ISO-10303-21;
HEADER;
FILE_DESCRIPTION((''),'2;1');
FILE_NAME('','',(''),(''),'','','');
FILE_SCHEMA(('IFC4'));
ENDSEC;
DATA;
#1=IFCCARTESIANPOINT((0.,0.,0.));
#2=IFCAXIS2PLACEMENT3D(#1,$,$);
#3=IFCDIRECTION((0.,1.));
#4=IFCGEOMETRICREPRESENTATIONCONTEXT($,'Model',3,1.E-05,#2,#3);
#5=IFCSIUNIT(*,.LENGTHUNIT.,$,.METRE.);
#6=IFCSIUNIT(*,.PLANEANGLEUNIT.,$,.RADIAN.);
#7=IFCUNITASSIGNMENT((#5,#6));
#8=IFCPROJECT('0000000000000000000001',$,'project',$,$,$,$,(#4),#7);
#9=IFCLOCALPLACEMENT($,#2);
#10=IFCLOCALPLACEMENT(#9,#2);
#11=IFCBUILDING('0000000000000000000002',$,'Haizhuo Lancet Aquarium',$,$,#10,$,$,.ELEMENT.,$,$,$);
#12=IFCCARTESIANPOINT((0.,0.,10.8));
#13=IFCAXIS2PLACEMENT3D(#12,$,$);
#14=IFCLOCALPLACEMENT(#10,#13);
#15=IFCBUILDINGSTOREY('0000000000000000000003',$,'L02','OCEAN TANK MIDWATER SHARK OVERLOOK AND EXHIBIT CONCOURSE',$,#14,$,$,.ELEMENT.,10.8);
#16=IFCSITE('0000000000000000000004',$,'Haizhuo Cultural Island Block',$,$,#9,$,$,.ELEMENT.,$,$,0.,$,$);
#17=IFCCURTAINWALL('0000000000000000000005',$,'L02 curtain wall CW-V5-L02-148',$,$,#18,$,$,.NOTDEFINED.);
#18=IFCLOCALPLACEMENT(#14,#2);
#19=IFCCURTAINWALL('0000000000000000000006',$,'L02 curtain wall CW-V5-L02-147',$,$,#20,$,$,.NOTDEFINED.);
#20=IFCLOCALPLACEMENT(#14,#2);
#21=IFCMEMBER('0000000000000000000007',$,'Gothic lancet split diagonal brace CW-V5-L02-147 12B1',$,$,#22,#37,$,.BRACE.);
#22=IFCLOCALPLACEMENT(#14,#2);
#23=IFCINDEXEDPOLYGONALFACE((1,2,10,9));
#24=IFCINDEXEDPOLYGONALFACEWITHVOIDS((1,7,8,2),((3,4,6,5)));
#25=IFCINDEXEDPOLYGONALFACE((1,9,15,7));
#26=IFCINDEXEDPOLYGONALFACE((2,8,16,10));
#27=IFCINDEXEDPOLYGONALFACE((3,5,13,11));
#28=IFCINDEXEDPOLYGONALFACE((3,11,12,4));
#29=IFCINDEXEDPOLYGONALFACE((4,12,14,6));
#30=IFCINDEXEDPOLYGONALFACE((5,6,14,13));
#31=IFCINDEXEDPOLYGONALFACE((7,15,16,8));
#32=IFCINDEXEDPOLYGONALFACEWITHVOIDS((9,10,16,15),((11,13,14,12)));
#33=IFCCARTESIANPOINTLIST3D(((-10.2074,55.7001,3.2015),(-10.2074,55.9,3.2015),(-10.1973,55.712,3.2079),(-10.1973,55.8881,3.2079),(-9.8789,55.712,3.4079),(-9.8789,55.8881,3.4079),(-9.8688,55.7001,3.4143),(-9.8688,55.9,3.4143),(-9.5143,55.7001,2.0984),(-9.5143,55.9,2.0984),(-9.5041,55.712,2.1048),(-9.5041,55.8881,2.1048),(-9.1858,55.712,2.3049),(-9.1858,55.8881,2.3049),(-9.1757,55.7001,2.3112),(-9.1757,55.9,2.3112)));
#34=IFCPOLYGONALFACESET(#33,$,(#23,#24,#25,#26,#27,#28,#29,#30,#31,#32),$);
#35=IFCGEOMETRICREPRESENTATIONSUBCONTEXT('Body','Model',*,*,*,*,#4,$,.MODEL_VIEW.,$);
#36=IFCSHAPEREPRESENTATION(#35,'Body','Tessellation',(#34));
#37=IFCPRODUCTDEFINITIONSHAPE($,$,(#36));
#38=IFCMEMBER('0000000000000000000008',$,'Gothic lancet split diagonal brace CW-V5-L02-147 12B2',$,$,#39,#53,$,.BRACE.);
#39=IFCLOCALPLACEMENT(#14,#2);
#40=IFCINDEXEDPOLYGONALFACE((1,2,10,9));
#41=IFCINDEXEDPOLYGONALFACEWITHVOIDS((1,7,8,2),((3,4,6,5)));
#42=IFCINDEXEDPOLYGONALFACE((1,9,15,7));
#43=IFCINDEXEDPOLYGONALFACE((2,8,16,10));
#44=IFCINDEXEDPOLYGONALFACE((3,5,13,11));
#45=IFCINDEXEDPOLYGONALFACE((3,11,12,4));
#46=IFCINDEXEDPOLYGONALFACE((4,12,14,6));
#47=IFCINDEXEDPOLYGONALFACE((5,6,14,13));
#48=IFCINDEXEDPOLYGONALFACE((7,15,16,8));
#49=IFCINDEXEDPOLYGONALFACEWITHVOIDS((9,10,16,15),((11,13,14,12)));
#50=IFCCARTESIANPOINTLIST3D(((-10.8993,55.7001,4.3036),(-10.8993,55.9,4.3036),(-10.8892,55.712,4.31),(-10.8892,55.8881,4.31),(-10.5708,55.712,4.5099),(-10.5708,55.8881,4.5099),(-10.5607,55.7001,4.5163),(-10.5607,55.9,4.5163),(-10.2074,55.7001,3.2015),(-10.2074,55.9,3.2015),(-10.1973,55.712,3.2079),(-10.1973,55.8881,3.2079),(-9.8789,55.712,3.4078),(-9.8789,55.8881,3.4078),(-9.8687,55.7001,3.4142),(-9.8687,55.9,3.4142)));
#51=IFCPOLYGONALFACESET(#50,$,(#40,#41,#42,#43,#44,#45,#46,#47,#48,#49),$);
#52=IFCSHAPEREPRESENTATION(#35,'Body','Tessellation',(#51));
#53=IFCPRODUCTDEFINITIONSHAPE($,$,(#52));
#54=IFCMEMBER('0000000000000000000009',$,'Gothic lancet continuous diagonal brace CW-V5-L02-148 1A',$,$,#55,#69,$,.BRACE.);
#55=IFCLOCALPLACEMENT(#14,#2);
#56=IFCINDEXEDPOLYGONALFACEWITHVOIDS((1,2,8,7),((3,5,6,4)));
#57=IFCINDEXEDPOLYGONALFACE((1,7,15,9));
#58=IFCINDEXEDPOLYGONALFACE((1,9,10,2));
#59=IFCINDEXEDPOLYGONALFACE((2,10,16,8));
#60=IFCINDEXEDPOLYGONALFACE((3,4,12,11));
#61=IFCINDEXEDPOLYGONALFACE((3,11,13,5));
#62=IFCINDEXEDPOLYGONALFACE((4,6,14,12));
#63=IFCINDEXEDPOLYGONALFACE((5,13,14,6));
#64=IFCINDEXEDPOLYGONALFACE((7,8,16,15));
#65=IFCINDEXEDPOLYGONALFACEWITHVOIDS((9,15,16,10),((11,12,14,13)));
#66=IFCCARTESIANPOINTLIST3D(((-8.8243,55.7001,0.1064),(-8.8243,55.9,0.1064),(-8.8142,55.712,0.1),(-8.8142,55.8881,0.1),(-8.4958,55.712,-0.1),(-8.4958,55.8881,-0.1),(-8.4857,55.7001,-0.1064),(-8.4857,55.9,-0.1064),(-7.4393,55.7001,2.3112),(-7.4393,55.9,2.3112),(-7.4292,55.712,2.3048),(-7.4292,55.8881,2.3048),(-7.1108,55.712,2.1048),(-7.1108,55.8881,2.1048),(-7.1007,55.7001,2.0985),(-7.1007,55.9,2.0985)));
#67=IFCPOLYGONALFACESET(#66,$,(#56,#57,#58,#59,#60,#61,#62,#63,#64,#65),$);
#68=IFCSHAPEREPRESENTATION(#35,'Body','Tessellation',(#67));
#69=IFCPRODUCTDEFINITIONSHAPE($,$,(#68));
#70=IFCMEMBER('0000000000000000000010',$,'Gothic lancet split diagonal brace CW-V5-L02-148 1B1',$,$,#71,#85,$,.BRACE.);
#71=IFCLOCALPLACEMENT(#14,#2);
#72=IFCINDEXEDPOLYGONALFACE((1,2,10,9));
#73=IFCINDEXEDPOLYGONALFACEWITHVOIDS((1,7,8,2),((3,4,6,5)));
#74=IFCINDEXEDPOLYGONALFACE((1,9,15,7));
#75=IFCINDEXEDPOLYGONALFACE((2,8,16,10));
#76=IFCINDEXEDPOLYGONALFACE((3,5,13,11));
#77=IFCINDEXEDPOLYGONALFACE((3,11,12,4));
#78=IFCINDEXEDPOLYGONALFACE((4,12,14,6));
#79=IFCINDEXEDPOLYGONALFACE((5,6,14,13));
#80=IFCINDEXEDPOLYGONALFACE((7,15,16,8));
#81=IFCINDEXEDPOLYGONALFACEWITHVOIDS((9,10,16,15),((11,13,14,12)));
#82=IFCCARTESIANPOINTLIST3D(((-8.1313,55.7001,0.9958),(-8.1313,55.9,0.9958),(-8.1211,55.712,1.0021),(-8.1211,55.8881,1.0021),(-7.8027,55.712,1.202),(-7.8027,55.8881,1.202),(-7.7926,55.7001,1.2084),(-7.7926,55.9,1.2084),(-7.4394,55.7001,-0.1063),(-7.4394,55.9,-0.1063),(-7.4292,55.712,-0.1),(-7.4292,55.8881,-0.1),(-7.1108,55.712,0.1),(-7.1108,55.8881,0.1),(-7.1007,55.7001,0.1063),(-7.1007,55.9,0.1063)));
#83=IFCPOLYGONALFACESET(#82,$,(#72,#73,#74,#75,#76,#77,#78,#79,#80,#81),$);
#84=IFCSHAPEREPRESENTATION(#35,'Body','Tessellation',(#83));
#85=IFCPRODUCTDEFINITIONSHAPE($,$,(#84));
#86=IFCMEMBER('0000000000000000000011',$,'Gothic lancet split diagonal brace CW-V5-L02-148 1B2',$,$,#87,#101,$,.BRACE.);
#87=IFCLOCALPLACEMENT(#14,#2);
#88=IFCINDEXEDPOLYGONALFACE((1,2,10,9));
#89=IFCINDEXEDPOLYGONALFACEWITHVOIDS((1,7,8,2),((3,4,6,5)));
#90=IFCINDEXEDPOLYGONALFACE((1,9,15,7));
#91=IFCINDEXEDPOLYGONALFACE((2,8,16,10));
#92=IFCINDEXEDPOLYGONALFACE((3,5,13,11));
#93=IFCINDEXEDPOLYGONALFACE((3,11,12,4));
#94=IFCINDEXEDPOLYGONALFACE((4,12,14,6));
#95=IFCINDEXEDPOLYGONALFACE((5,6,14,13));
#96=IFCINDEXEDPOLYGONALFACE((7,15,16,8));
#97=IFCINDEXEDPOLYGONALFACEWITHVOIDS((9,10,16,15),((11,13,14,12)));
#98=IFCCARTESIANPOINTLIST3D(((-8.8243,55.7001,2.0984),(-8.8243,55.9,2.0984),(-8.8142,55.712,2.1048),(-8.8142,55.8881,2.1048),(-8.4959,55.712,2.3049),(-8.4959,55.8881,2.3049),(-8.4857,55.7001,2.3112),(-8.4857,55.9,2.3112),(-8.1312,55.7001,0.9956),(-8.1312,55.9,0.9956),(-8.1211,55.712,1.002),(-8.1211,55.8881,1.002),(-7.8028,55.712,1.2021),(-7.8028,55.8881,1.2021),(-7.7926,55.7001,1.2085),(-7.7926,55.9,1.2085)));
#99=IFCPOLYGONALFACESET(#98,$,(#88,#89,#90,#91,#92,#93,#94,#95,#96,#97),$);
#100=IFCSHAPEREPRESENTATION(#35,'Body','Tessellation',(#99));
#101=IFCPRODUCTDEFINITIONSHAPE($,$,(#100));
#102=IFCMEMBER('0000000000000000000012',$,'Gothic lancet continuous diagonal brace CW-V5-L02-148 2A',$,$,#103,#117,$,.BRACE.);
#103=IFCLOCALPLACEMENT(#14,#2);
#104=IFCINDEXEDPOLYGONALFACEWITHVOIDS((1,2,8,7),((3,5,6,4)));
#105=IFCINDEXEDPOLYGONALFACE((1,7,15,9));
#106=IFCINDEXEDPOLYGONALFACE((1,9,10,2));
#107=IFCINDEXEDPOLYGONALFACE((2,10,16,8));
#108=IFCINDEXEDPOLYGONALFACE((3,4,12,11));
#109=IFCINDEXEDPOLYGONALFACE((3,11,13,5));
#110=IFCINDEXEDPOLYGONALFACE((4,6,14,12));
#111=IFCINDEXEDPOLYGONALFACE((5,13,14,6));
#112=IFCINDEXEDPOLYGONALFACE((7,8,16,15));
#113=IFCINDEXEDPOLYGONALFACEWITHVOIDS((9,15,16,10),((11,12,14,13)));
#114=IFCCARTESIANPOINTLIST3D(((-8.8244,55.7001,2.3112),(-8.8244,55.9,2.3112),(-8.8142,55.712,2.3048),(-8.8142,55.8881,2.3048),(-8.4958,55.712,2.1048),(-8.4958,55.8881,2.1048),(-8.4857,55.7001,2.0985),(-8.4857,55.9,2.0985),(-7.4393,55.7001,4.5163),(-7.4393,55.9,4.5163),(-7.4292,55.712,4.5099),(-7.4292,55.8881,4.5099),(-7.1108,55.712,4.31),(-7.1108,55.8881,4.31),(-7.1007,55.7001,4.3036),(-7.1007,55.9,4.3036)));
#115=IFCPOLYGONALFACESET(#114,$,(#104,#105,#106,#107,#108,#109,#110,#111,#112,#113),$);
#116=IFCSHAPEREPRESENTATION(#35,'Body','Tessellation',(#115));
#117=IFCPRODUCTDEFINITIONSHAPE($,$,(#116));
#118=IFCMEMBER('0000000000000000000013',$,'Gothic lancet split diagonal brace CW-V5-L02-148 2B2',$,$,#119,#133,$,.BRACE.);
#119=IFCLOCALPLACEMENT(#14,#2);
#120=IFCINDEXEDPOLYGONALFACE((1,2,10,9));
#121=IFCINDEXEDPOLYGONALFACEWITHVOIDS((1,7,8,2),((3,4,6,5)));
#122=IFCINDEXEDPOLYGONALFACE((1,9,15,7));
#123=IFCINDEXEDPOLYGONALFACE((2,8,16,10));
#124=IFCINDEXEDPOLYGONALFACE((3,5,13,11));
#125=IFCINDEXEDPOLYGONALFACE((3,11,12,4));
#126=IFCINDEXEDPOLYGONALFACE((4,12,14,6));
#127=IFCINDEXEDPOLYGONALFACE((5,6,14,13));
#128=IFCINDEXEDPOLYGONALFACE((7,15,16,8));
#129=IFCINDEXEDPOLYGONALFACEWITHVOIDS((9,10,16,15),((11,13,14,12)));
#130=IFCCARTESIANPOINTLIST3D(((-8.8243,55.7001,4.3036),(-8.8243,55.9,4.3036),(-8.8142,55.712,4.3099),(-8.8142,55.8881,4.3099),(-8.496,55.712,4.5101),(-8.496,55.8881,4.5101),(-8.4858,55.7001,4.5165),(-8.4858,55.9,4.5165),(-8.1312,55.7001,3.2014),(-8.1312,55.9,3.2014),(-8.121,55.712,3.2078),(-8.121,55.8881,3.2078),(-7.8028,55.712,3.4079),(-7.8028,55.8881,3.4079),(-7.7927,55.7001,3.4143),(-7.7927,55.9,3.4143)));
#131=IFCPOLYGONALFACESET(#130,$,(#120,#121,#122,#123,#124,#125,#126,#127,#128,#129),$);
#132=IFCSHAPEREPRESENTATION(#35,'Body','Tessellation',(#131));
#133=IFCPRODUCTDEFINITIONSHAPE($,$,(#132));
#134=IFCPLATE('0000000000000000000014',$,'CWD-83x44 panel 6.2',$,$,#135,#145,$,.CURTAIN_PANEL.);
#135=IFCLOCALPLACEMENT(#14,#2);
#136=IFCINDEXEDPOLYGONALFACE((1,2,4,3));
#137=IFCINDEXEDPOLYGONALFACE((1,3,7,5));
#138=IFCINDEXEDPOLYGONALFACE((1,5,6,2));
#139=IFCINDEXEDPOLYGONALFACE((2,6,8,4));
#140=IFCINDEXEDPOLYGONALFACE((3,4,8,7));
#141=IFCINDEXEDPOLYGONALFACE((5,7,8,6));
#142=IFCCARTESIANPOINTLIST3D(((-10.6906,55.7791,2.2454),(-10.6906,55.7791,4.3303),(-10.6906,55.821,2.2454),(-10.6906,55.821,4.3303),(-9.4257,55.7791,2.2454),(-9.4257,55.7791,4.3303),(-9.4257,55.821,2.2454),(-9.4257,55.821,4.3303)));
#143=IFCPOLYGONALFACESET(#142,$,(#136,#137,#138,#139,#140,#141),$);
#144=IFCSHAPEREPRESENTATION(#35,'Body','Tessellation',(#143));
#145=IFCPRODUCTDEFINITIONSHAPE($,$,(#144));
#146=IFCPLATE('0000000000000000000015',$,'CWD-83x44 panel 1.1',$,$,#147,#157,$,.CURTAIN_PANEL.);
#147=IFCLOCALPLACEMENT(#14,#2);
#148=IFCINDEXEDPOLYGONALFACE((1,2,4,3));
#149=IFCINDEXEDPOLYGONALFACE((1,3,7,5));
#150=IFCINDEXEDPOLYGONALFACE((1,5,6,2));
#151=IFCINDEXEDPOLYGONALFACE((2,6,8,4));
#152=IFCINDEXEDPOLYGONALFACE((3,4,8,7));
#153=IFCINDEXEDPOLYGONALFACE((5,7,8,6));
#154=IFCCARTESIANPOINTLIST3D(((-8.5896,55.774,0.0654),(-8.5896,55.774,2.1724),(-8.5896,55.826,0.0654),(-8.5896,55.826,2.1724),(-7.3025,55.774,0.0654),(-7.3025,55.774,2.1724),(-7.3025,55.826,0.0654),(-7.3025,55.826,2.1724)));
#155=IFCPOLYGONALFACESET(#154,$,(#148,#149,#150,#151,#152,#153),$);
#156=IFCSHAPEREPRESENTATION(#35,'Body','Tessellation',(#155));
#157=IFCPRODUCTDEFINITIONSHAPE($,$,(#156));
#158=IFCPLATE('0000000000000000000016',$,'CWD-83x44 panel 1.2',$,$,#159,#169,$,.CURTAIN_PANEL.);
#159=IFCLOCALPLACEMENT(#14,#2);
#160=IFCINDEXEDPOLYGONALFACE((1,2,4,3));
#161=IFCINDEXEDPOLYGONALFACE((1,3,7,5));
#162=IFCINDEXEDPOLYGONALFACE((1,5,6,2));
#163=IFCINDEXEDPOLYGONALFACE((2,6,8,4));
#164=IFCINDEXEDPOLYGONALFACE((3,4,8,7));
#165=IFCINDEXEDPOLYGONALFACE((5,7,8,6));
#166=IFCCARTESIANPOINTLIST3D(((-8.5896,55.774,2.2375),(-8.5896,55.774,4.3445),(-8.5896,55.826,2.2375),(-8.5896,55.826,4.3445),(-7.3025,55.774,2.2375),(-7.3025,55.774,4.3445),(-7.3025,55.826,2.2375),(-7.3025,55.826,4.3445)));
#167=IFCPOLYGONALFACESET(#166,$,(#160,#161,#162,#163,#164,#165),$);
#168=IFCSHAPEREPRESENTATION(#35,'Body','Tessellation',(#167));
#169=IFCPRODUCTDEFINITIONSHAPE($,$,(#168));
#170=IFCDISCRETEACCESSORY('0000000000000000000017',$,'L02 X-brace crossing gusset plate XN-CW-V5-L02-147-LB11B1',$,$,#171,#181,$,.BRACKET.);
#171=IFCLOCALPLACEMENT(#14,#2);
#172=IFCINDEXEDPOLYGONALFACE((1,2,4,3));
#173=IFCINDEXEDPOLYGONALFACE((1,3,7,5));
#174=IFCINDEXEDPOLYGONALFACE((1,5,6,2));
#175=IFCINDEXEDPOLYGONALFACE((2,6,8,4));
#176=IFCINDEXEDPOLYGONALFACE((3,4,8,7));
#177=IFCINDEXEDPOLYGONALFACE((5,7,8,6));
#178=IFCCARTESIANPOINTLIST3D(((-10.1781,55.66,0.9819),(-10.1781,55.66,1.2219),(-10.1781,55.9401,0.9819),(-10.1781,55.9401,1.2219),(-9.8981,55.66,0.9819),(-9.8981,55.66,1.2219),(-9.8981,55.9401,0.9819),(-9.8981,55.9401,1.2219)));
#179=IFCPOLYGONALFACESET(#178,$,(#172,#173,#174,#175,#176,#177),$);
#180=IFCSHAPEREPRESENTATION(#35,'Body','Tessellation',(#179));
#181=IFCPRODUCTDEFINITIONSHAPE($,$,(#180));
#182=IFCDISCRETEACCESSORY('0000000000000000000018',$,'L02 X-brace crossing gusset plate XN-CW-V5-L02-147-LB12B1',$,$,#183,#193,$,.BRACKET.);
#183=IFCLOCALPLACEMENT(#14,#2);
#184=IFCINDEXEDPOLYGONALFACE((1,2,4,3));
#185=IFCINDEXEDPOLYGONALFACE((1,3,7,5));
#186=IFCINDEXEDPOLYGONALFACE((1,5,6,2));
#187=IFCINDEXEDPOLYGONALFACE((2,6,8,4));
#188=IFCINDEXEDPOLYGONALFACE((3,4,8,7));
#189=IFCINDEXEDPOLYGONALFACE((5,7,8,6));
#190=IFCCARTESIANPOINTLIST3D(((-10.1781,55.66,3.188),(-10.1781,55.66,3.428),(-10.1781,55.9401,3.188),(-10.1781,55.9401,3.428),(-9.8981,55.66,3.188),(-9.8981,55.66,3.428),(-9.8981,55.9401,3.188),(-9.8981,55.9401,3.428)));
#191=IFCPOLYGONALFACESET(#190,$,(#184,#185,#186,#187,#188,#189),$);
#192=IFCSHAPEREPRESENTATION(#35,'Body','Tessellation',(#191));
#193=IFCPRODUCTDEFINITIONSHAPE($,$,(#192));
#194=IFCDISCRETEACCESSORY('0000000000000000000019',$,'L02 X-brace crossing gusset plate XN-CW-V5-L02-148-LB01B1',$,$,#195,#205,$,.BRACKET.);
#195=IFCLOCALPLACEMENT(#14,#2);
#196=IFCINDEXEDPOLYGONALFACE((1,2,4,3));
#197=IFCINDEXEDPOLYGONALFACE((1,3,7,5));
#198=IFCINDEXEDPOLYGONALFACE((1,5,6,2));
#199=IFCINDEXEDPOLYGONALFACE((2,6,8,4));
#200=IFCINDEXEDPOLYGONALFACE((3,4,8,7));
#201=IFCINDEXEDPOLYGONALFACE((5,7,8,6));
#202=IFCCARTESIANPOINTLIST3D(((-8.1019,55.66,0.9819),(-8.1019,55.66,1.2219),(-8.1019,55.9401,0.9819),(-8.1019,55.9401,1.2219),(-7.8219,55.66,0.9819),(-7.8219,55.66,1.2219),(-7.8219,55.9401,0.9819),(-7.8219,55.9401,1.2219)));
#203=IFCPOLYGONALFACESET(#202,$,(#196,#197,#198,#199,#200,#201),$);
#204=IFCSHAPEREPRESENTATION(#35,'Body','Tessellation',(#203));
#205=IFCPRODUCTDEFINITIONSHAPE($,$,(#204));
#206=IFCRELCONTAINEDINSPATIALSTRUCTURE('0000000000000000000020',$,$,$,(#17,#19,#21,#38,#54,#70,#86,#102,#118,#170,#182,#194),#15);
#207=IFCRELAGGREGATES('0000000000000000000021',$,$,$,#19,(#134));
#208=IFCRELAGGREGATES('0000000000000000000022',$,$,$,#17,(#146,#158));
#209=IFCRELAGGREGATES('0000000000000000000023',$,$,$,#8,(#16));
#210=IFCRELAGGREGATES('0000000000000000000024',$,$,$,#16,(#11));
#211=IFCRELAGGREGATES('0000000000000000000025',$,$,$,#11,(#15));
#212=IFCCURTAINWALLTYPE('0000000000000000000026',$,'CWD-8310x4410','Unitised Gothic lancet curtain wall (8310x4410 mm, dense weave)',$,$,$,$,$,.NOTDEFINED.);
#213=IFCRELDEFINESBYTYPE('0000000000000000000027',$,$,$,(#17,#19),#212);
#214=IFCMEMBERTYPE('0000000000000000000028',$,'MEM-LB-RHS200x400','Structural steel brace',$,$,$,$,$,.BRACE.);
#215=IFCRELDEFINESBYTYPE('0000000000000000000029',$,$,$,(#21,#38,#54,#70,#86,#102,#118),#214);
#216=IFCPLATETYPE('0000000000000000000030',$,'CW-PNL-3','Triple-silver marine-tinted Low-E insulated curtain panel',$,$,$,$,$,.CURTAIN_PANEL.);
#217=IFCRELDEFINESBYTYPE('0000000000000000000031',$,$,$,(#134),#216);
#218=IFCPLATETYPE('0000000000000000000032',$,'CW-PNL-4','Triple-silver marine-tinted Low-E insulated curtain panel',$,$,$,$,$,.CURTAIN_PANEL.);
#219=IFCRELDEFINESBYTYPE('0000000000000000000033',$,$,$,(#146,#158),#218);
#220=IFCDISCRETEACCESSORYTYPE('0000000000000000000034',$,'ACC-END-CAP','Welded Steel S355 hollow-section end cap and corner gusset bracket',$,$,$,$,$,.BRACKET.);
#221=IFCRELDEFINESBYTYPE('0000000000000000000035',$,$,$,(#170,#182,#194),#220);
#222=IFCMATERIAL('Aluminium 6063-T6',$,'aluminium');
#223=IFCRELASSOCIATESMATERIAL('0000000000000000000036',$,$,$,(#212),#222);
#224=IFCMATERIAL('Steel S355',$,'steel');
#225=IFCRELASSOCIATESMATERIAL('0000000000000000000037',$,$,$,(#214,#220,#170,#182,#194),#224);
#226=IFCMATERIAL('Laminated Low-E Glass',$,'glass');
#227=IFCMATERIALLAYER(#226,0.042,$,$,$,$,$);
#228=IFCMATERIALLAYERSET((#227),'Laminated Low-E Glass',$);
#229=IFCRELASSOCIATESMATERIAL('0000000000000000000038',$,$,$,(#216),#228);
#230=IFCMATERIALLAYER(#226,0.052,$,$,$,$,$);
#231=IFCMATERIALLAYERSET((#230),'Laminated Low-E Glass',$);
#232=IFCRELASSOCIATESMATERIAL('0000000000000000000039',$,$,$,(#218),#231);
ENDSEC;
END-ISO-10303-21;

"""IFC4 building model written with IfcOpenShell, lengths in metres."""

from ifc_helpers import new_model, si_unit, direction, frame, origin, origin_2d, place, context, subcontext, project, spatial, rectangle, hollow_rectangle, extrude, material, layer, layer_set, material_profile, profile_set, type_object, element, aggregate, save


model = new_model("IFC4")

# Units and contexts
model_context = context("Model", 3, precision=1e-05, world=origin(), true_north=direction((0.0, 1.0)))
body_context = subcontext(model_context, "Body", "Model", "MODEL_VIEW")
ifc_project = project(units=[si_unit("LENGTHUNIT", "METRE"), si_unit("PLANEANGLEUNIT", "RADIAN")], contexts=[model_context])

# Site, building, storey
site_placement = place(None, origin())
site = spatial("IfcSite", under=ifc_project, at=site_placement, Name="Haizhuo Cultural Island Block", CompositionType="ELEMENT", RefElevation=0.0)
building_placement = place(site_placement, origin())
building = spatial("IfcBuilding", under=site, at=building_placement, Name="Haizhuo Lancet Aquarium", CompositionType="ELEMENT")
storey_placement = place(building_placement, frame((0.0, 0.0, 10.8)))
storey = spatial("IfcBuildingStorey", under=building, at=storey_placement, Name="L02", Description="OCEAN TANK MIDWATER SHARK OVERLOOK AND EXHIBIT CONCOURSE", CompositionType="ELEMENT", Elevation=10.8)

# Curtain wall
ifc_material_1 = material(Name="Aluminium 6063-T6", Category="aluminium")
curtain_wall_type = type_object("IfcCurtainWallType", Name="CWD-8310x4410", Description="Unitised Gothic lancet curtain wall (8310x4410 mm, dense weave)", PredefinedType="NOTDEFINED", material=ifc_material_1)
curtain_wall_1_placement = place(storey_placement, origin())
curtain_wall_1 = element("IfcCurtainWall", 1, at=curtain_wall_1_placement, inside=storey, type_object=curtain_wall_type, Name="L02 curtain wall CW-V5-L02-148", PredefinedType="NOTDEFINED")

# Curtain wall
curtain_wall_2_placement = place(storey_placement, origin())
curtain_wall_2 = element("IfcCurtainWall", 2, at=curtain_wall_2_placement, inside=storey, type_object=curtain_wall_type, Name="L02 curtain wall CW-V5-L02-147", PredefinedType="NOTDEFINED")

# Members
ifc_material_2 = material(Name="Steel S355", Category="steel")
ifc_material_profile_1 = material_profile(ifc_material_2, hollow_rectangle(XDim=0.2, YDim=0.3999, WallThickness=0.012, at=origin_2d()), Name="RHS 200x400x12")
ifc_profile_set_1 = profile_set([ifc_material_profile_1], Name="Steel S355")
member_type_1 = type_object("IfcMemberType", Name="MEM-LB-RHS200x400", Description="Structural steel brace", PredefinedType="BRACE", material=ifc_profile_set_1)
member_1_placement = place(storey_placement, frame((-9.345, 55.8, 2.2048), z_axis=(-0.532053, 0.0, 0.846711), x_axis=(0.0, -1.0, 0.0)))
element("IfcMember", 3, at=member_1_placement, inside=storey, type_object=member_type_1, Name="Gothic lancet split diagonal brace CW-V5-L02-147 12B1", PredefinedType="BRACE", context=body_context, shape_type="SweptSolid", body=[
    extrude(hollow_rectangle(XDim=0.2, YDim=0.3999, WallThickness=0.012, at=origin_2d()), origin(), (0.0, 0.0, 1.0), 1.3027),
])
member_2_placement = place(storey_placement, frame((-10.0381, 55.8, 3.3079), z_axis=(-0.531718, 0.0, 0.846921), x_axis=(0.0, -1.0, 0.0)))
element("IfcMember", 4, at=member_2_placement, inside=storey, type_object=member_type_1, Name="Gothic lancet split diagonal brace CW-V5-L02-147 12B2", PredefinedType="BRACE", context=body_context, shape_type="SweptSolid", body=[
    extrude(hollow_rectangle(XDim=0.2, YDim=0.3999, WallThickness=0.012, at=origin_2d()), origin(), (0.0, 0.0, 1.0), 1.3013),
])
member_3_placement = place(storey_placement, frame((-8.655, 55.8, 0.0), z_axis=(0.531928, 0.0, 0.84679), x_axis=(0.0, 1.0, 0.0)))
element("IfcMember", 5, at=member_3_placement, inside=storey, type_object=member_type_1, Name="Gothic lancet continuous diagonal brace CW-V5-L02-148 1A", PredefinedType="BRACE", context=body_context, shape_type="SweptSolid", body=[
    extrude(hollow_rectangle(XDim=0.2, YDim=0.3999, WallThickness=0.012, at=origin_2d()), origin(), (0.0, 0.0, 1.0), 2.6038),
])
member_4_placement = place(storey_placement, frame((-7.27, 55.8, 0.0), z_axis=(-0.531718, 0.0, 0.846921), x_axis=(0.0, -1.0, 0.0)))
element("IfcMember", 6, at=member_4_placement, inside=storey, type_object=member_type_1, Name="Gothic lancet split diagonal brace CW-V5-L02-148 1B1", PredefinedType="BRACE", context=body_context, shape_type="SweptSolid", body=[
    extrude(hollow_rectangle(XDim=0.2, YDim=0.3999, WallThickness=0.012, at=origin_2d()), origin(), (0.0, 0.0, 1.0), 1.3013),
])
member_5_placement = place(storey_placement, frame((-7.9619, 55.8, 1.1021), z_axis=(-0.532137, 0.0, 0.846658), x_axis=(0.0, -1.0, 0.0)))
element("IfcMember", 7, at=member_5_placement, inside=storey, type_object=member_type_1, Name="Gothic lancet split diagonal brace CW-V5-L02-148 1B2", PredefinedType="BRACE", context=body_context, shape_type="SweptSolid", body=[
    extrude(hollow_rectangle(XDim=0.2, YDim=0.3999, WallThickness=0.012, at=origin_2d()), origin(), (0.0, 0.0, 1.0), 1.3025),
])
member_6_placement = place(storey_placement, frame((-8.655, 55.8, 2.2048), z_axis=(0.531885, 0.0, 0.846816), x_axis=(0.0, 1.0, 0.0)))
element("IfcMember", 8, at=member_6_placement, inside=storey, type_object=member_type_1, Name="Gothic lancet continuous diagonal brace CW-V5-L02-148 2A", PredefinedType="BRACE", context=body_context, shape_type="SweptSolid", body=[
    extrude(hollow_rectangle(XDim=0.2, YDim=0.3999, WallThickness=0.012, at=origin_2d()), origin(), (0.0, 0.0, 1.0), 2.604),
])
member_7_placement = place(storey_placement, frame((-7.9619, 55.8, 3.3079), z_axis=(-0.53239, 0.0, 0.846499), x_axis=(0.0, -1.0, 0.0)))
element("IfcMember", 9, at=member_7_placement, inside=storey, type_object=member_type_1, Name="Gothic lancet split diagonal brace CW-V5-L02-148 2B2", PredefinedType="BRACE", context=body_context, shape_type="SweptSolid", body=[
    extrude(hollow_rectangle(XDim=0.2, YDim=0.3999, WallThickness=0.012, at=origin_2d()), origin(), (0.0, 0.0, 1.0), 1.302),
])

# Plates
ifc_material_3 = material(Name="Laminated Low-E Glass", Category="glass")
ifc_layer_1 = layer(ifc_material_3, 0.042)
ifc_layer_set_1 = layer_set([ifc_layer_1], Name="Laminated Low-E Glass")
plate_type_1 = type_object("IfcPlateType", Name="CW-PNL-3", Description="Triple-silver marine-tinted Low-E insulated curtain panel", PredefinedType="CURTAIN_PANEL", material=ifc_layer_set_1)
plate_1_placement = place(storey_placement, frame((-10.0581, 55.8, 2.2454), z_axis=(0.0, 0.0, 1.0), x_axis=(1.0, 0.0, 0.0)))
plate_1 = element("IfcPlate", 10, at=plate_1_placement, type_object=plate_type_1, Name="CWD-83x44 panel 6.2", PredefinedType="CURTAIN_PANEL", context=body_context, shape_type="SweptSolid", body=[
    extrude(rectangle(XDim=1.2649, YDim=0.042, at=origin_2d()), origin(), (0.0, 0.0, 1.0), 2.085),
])
aggregate(curtain_wall_2, [plate_1])
ifc_layer_2 = layer(ifc_material_3, 0.052)
ifc_layer_set_2 = layer_set([ifc_layer_2], Name="Laminated Low-E Glass")
plate_type_2 = type_object("IfcPlateType", Name="CW-PNL-4", Description="Triple-silver marine-tinted Low-E insulated curtain panel", PredefinedType="CURTAIN_PANEL", material=ifc_layer_set_2)
plate_2_placement = place(storey_placement, frame((-7.946, 55.8, 0.0654), z_axis=(0.0, 0.0, 1.0), x_axis=(1.0, 0.0, 0.0)))
plate_2 = element("IfcPlate", 11, at=plate_2_placement, type_object=plate_type_2, Name="CWD-83x44 panel 1.1", PredefinedType="CURTAIN_PANEL", context=body_context, shape_type="SweptSolid", body=[
    extrude(rectangle(XDim=1.2871, YDim=0.052, at=origin_2d()), origin(), (0.0, 0.0, 1.0), 2.1069),
])
plate_3_placement = place(storey_placement, frame((-7.946, 55.8, 2.2375), z_axis=(0.0, 0.0, 1.0), x_axis=(1.0, 0.0, 0.0)))
plate_3 = element("IfcPlate", 12, at=plate_3_placement, type_object=plate_type_2, Name="CWD-83x44 panel 1.2", PredefinedType="CURTAIN_PANEL", context=body_context, shape_type="SweptSolid", body=[
    extrude(rectangle(XDim=1.2871, YDim=0.052, at=origin_2d()), origin(), (0.0, 0.0, 1.0), 2.1069),
])
aggregate(curtain_wall_1, [plate_2, plate_3])

# Discrete accessories
discrete_accessory_type = type_object("IfcDiscreteAccessoryType", Name="ACC-END-CAP", Description="Welded Steel S355 hollow-section end cap and corner gusset bracket", PredefinedType="BRACKET", material=ifc_material_2)
for number, where, z_axis, x_axis, name in (
    (13, (-10.0381, 55.8, 0.9819), (0.0, 0.0, 1.0), (1.0, 0.0, 0.0), "L02 X-brace crossing gusset plate XN-CW-V5-L02-147-LB11B1"),
    (14, (-10.0381, 55.8, 3.188), (0.0, 0.0, 1.0), (1.0, 0.0, 0.0), "L02 X-brace crossing gusset plate XN-CW-V5-L02-147-LB12B1"),
    (15, (-7.9619, 55.8, 0.9819), (0.0, 0.0, 1.0), (1.0, 0.0, 0.0), "L02 X-brace crossing gusset plate XN-CW-V5-L02-148-LB01B1"),
):
    element("IfcDiscreteAccessory", number, at=place(storey_placement, frame(where, z_axis=z_axis, x_axis=x_axis)), inside=storey, type_object=discrete_accessory_type, material=ifc_material_2, Name=name, PredefinedType="BRACKET", context=body_context, shape_type="SweptSolid", body=[
        extrude(rectangle(XDim=0.28, YDim=0.28, at=origin_2d()), origin(), (0.0, 0.0, 1.0), 0.24),
    ])

save(model, "model.ifc")
